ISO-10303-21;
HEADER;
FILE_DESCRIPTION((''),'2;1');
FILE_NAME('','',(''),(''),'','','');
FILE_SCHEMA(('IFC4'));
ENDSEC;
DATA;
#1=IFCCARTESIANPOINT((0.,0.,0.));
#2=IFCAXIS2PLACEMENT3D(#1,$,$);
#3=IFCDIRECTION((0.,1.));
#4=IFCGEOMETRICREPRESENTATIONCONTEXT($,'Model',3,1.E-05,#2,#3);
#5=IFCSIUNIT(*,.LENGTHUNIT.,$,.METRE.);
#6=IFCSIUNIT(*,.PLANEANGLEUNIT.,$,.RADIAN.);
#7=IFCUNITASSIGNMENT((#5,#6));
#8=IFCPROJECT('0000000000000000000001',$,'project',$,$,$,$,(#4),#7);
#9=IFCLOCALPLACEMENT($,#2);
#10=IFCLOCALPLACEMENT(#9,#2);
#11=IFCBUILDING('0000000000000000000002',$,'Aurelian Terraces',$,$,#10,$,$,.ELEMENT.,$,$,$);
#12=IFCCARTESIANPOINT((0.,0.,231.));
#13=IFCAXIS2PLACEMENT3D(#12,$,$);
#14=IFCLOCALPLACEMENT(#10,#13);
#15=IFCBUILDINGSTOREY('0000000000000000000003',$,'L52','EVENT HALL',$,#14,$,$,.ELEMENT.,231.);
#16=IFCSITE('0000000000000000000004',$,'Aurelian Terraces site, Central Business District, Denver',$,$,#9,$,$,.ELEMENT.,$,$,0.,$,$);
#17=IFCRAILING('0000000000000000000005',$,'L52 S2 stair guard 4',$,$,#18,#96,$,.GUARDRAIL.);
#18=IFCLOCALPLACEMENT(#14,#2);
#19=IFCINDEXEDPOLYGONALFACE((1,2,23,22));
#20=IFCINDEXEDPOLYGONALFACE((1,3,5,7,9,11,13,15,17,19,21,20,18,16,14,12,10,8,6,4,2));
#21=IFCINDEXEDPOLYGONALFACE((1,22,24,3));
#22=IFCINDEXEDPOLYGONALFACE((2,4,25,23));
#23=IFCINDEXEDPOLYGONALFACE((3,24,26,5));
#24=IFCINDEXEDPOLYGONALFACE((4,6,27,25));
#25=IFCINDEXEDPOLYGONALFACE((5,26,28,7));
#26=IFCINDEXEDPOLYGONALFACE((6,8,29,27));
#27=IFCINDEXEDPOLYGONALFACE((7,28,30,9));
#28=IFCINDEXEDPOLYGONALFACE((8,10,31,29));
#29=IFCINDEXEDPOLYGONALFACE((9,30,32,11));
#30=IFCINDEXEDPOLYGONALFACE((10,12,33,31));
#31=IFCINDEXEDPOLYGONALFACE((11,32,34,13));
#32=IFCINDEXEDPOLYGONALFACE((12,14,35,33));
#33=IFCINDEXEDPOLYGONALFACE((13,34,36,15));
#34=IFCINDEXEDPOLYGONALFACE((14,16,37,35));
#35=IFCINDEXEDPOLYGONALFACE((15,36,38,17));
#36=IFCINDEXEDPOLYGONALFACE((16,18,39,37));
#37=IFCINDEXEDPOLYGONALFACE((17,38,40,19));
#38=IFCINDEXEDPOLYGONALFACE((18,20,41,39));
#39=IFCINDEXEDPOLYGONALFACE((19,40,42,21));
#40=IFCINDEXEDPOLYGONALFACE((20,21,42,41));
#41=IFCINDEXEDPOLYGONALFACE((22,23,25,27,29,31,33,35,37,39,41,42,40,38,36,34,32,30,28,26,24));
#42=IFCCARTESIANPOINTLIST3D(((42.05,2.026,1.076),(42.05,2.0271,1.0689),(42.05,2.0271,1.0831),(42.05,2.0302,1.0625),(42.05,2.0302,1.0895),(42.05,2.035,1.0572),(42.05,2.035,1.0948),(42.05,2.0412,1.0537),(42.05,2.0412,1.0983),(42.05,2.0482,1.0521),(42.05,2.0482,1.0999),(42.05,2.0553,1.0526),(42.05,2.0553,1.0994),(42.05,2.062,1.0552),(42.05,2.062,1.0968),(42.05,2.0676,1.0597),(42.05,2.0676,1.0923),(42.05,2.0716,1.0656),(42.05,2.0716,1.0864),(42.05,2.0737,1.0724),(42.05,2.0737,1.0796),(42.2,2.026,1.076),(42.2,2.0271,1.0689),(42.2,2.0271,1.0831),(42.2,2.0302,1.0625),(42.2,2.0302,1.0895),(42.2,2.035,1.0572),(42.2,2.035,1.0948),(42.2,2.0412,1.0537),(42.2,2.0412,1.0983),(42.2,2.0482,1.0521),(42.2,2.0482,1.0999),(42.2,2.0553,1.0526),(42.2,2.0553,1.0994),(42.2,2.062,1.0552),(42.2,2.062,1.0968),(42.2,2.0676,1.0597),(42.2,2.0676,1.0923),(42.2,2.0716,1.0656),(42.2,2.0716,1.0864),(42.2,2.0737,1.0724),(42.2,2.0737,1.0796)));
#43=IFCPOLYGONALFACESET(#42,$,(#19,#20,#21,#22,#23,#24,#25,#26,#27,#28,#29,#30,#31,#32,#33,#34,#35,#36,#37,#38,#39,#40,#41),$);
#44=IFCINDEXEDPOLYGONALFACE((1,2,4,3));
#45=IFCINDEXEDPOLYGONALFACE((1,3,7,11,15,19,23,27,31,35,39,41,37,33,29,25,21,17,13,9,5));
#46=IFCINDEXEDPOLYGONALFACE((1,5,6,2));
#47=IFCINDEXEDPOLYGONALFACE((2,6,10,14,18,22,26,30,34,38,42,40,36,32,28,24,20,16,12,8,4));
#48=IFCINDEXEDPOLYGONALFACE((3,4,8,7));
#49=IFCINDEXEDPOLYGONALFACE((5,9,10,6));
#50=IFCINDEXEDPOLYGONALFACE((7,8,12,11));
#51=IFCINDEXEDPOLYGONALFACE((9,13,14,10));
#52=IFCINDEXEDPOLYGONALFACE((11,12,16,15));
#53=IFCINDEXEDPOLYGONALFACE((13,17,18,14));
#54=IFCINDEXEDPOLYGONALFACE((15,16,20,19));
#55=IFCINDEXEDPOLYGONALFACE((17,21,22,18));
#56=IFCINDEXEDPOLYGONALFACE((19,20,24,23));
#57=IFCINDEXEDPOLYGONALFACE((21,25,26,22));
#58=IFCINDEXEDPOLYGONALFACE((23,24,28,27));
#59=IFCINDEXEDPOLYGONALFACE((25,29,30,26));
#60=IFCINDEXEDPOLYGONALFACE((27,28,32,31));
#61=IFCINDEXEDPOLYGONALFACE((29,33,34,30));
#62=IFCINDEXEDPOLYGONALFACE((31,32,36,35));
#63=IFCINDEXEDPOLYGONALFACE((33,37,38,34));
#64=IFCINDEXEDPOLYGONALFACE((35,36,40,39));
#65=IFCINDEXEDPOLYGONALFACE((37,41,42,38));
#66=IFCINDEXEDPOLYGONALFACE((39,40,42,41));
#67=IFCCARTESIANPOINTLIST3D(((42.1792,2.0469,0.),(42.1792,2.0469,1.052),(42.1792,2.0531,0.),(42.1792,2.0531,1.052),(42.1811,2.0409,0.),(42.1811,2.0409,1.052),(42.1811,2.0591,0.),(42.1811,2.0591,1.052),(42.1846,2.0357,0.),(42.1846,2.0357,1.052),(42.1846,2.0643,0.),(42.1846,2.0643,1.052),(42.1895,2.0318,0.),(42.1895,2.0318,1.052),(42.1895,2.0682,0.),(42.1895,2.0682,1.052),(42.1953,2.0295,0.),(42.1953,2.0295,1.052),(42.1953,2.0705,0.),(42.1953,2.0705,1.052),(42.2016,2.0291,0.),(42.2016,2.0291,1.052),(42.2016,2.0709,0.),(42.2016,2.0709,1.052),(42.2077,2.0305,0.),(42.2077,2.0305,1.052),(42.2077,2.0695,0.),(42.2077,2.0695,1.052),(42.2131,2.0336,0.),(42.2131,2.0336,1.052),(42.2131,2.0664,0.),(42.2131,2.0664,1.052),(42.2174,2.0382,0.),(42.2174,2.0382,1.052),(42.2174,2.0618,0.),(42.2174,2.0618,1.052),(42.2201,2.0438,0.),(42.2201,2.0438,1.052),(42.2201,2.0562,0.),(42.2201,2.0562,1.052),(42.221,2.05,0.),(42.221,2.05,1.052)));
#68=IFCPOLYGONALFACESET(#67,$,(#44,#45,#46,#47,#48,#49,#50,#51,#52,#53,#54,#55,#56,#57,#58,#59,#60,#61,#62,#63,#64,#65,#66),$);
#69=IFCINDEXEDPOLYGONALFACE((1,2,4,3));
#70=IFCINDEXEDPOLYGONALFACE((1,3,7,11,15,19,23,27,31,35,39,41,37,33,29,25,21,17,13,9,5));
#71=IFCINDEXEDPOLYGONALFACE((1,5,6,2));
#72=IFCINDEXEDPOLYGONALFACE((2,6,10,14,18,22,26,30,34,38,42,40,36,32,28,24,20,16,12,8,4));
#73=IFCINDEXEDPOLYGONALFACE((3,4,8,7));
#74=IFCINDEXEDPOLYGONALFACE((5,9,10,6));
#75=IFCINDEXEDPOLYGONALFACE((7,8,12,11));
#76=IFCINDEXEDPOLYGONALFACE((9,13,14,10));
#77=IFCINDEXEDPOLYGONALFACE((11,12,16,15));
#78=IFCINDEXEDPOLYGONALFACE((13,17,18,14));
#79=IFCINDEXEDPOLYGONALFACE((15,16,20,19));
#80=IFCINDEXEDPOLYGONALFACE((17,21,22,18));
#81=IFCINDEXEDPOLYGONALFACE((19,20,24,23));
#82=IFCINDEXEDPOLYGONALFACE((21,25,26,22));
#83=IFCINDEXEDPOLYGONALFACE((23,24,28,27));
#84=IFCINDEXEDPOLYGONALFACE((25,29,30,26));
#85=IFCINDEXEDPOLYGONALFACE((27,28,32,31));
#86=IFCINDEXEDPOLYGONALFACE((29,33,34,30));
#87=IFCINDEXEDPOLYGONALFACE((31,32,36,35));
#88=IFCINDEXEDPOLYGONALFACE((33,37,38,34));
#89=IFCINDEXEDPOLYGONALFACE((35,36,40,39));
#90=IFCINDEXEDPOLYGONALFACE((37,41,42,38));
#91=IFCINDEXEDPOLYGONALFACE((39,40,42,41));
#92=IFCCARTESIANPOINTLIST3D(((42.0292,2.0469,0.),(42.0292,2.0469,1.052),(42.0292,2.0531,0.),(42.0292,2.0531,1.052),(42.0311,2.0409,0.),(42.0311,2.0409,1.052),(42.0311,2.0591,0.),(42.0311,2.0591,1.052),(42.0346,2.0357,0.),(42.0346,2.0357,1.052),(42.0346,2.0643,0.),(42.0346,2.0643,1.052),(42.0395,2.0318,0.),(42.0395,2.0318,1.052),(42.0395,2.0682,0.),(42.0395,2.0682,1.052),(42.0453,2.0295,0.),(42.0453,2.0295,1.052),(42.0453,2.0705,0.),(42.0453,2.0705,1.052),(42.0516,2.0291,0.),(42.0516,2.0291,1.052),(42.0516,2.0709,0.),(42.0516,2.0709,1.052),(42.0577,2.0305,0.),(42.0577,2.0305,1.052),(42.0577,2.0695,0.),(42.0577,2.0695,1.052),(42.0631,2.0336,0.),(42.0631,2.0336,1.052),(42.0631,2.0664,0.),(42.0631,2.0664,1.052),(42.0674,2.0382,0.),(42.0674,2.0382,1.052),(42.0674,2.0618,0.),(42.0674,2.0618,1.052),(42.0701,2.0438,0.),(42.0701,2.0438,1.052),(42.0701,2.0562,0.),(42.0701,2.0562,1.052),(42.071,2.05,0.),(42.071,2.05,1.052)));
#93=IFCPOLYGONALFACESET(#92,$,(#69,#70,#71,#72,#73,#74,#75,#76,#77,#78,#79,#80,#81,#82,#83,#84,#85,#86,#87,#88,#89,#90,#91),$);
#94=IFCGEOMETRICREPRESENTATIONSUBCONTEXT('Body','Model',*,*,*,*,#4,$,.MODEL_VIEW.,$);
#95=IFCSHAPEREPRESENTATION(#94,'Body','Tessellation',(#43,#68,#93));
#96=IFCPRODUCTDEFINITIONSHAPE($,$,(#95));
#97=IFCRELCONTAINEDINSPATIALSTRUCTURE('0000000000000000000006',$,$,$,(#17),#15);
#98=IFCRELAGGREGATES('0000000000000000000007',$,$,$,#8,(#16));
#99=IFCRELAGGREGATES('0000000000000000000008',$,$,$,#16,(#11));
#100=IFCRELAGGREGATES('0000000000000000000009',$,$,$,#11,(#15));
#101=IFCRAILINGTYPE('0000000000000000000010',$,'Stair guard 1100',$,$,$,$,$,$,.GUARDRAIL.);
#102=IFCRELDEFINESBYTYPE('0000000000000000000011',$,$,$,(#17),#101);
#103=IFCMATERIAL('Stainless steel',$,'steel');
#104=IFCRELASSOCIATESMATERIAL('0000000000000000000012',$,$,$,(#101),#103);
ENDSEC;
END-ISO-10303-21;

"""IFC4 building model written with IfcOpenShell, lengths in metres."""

from ifc_helpers import new_model, si_unit, direction, frame, origin, origin_2d, place, context, subcontext, project, spatial, circle, extrude, source, transform, mapped, material, type_object, element, save


model = new_model("IFC4")

# Units and contexts
model_context = context("Model", 3, precision=1e-05, world=origin(), true_north=direction((0.0, 1.0)))
body_context = subcontext(model_context, "Body", "Model", "MODEL_VIEW")
ifc_project = project(units=[si_unit("LENGTHUNIT", "METRE"), si_unit("PLANEANGLEUNIT", "RADIAN")], contexts=[model_context])

# Site, building, storey
site_placement = place(None, origin())
site = spatial("IfcSite", under=ifc_project, at=site_placement, Name="Aurelian Terraces site, Central Business District, Denver", CompositionType="ELEMENT", RefElevation=0.0)
building_placement = place(site_placement, origin())
building = spatial("IfcBuilding", under=site, at=building_placement, Name="Aurelian Terraces", CompositionType="ELEMENT")
storey_placement = place(building_placement, frame((0.0, 0.0, 231.0)))
storey = spatial("IfcBuildingStorey", under=building, at=storey_placement, Name="L52", Description="EVENT HALL", CompositionType="ELEMENT", Elevation=231.0)

# Railing
ifc_material_1 = material(Name="Stainless steel", Category="steel")
railing_type_1 = type_object("IfcRailingType", Name="Stair guard 1100", PredefinedType="GUARDRAIL", material=ifc_material_1)
shared_shape_1 = source(origin(), body_context, "Body", "SweptSolid", [
    extrude(circle(Radius=0.024, at=origin_2d()), frame((0.0, 0.0, 1.076), z_axis=(-1.0, 0.0, 0.0), x_axis=(0.0, -1.0, 0.0)), (0.0, 0.0, 1.0), 0.15),
    extrude(circle(Radius=0.021, at=origin_2d()), origin(), (0.0, 0.0, 1.0), 1.052),
    extrude(circle(Radius=0.021, at=origin_2d()), frame((-0.15, 0.0, 0.0)), (0.0, 0.0, 1.0), 1.052),
])
railing_1_placement = place(storey_placement, frame((42.2, 2.05, 0.0)))
element("IfcRailing", 1, at=railing_1_placement, inside=storey, type_object=railing_type_1, Name="L52 S2 stair guard 4", PredefinedType="GUARDRAIL", context=body_context, shape_type="MappedRepresentation", body=[
    mapped(shared_shape_1, transform((0.0, 0.0, 0.0), scale=1.0)),
])

save(model, "model.ifc")
